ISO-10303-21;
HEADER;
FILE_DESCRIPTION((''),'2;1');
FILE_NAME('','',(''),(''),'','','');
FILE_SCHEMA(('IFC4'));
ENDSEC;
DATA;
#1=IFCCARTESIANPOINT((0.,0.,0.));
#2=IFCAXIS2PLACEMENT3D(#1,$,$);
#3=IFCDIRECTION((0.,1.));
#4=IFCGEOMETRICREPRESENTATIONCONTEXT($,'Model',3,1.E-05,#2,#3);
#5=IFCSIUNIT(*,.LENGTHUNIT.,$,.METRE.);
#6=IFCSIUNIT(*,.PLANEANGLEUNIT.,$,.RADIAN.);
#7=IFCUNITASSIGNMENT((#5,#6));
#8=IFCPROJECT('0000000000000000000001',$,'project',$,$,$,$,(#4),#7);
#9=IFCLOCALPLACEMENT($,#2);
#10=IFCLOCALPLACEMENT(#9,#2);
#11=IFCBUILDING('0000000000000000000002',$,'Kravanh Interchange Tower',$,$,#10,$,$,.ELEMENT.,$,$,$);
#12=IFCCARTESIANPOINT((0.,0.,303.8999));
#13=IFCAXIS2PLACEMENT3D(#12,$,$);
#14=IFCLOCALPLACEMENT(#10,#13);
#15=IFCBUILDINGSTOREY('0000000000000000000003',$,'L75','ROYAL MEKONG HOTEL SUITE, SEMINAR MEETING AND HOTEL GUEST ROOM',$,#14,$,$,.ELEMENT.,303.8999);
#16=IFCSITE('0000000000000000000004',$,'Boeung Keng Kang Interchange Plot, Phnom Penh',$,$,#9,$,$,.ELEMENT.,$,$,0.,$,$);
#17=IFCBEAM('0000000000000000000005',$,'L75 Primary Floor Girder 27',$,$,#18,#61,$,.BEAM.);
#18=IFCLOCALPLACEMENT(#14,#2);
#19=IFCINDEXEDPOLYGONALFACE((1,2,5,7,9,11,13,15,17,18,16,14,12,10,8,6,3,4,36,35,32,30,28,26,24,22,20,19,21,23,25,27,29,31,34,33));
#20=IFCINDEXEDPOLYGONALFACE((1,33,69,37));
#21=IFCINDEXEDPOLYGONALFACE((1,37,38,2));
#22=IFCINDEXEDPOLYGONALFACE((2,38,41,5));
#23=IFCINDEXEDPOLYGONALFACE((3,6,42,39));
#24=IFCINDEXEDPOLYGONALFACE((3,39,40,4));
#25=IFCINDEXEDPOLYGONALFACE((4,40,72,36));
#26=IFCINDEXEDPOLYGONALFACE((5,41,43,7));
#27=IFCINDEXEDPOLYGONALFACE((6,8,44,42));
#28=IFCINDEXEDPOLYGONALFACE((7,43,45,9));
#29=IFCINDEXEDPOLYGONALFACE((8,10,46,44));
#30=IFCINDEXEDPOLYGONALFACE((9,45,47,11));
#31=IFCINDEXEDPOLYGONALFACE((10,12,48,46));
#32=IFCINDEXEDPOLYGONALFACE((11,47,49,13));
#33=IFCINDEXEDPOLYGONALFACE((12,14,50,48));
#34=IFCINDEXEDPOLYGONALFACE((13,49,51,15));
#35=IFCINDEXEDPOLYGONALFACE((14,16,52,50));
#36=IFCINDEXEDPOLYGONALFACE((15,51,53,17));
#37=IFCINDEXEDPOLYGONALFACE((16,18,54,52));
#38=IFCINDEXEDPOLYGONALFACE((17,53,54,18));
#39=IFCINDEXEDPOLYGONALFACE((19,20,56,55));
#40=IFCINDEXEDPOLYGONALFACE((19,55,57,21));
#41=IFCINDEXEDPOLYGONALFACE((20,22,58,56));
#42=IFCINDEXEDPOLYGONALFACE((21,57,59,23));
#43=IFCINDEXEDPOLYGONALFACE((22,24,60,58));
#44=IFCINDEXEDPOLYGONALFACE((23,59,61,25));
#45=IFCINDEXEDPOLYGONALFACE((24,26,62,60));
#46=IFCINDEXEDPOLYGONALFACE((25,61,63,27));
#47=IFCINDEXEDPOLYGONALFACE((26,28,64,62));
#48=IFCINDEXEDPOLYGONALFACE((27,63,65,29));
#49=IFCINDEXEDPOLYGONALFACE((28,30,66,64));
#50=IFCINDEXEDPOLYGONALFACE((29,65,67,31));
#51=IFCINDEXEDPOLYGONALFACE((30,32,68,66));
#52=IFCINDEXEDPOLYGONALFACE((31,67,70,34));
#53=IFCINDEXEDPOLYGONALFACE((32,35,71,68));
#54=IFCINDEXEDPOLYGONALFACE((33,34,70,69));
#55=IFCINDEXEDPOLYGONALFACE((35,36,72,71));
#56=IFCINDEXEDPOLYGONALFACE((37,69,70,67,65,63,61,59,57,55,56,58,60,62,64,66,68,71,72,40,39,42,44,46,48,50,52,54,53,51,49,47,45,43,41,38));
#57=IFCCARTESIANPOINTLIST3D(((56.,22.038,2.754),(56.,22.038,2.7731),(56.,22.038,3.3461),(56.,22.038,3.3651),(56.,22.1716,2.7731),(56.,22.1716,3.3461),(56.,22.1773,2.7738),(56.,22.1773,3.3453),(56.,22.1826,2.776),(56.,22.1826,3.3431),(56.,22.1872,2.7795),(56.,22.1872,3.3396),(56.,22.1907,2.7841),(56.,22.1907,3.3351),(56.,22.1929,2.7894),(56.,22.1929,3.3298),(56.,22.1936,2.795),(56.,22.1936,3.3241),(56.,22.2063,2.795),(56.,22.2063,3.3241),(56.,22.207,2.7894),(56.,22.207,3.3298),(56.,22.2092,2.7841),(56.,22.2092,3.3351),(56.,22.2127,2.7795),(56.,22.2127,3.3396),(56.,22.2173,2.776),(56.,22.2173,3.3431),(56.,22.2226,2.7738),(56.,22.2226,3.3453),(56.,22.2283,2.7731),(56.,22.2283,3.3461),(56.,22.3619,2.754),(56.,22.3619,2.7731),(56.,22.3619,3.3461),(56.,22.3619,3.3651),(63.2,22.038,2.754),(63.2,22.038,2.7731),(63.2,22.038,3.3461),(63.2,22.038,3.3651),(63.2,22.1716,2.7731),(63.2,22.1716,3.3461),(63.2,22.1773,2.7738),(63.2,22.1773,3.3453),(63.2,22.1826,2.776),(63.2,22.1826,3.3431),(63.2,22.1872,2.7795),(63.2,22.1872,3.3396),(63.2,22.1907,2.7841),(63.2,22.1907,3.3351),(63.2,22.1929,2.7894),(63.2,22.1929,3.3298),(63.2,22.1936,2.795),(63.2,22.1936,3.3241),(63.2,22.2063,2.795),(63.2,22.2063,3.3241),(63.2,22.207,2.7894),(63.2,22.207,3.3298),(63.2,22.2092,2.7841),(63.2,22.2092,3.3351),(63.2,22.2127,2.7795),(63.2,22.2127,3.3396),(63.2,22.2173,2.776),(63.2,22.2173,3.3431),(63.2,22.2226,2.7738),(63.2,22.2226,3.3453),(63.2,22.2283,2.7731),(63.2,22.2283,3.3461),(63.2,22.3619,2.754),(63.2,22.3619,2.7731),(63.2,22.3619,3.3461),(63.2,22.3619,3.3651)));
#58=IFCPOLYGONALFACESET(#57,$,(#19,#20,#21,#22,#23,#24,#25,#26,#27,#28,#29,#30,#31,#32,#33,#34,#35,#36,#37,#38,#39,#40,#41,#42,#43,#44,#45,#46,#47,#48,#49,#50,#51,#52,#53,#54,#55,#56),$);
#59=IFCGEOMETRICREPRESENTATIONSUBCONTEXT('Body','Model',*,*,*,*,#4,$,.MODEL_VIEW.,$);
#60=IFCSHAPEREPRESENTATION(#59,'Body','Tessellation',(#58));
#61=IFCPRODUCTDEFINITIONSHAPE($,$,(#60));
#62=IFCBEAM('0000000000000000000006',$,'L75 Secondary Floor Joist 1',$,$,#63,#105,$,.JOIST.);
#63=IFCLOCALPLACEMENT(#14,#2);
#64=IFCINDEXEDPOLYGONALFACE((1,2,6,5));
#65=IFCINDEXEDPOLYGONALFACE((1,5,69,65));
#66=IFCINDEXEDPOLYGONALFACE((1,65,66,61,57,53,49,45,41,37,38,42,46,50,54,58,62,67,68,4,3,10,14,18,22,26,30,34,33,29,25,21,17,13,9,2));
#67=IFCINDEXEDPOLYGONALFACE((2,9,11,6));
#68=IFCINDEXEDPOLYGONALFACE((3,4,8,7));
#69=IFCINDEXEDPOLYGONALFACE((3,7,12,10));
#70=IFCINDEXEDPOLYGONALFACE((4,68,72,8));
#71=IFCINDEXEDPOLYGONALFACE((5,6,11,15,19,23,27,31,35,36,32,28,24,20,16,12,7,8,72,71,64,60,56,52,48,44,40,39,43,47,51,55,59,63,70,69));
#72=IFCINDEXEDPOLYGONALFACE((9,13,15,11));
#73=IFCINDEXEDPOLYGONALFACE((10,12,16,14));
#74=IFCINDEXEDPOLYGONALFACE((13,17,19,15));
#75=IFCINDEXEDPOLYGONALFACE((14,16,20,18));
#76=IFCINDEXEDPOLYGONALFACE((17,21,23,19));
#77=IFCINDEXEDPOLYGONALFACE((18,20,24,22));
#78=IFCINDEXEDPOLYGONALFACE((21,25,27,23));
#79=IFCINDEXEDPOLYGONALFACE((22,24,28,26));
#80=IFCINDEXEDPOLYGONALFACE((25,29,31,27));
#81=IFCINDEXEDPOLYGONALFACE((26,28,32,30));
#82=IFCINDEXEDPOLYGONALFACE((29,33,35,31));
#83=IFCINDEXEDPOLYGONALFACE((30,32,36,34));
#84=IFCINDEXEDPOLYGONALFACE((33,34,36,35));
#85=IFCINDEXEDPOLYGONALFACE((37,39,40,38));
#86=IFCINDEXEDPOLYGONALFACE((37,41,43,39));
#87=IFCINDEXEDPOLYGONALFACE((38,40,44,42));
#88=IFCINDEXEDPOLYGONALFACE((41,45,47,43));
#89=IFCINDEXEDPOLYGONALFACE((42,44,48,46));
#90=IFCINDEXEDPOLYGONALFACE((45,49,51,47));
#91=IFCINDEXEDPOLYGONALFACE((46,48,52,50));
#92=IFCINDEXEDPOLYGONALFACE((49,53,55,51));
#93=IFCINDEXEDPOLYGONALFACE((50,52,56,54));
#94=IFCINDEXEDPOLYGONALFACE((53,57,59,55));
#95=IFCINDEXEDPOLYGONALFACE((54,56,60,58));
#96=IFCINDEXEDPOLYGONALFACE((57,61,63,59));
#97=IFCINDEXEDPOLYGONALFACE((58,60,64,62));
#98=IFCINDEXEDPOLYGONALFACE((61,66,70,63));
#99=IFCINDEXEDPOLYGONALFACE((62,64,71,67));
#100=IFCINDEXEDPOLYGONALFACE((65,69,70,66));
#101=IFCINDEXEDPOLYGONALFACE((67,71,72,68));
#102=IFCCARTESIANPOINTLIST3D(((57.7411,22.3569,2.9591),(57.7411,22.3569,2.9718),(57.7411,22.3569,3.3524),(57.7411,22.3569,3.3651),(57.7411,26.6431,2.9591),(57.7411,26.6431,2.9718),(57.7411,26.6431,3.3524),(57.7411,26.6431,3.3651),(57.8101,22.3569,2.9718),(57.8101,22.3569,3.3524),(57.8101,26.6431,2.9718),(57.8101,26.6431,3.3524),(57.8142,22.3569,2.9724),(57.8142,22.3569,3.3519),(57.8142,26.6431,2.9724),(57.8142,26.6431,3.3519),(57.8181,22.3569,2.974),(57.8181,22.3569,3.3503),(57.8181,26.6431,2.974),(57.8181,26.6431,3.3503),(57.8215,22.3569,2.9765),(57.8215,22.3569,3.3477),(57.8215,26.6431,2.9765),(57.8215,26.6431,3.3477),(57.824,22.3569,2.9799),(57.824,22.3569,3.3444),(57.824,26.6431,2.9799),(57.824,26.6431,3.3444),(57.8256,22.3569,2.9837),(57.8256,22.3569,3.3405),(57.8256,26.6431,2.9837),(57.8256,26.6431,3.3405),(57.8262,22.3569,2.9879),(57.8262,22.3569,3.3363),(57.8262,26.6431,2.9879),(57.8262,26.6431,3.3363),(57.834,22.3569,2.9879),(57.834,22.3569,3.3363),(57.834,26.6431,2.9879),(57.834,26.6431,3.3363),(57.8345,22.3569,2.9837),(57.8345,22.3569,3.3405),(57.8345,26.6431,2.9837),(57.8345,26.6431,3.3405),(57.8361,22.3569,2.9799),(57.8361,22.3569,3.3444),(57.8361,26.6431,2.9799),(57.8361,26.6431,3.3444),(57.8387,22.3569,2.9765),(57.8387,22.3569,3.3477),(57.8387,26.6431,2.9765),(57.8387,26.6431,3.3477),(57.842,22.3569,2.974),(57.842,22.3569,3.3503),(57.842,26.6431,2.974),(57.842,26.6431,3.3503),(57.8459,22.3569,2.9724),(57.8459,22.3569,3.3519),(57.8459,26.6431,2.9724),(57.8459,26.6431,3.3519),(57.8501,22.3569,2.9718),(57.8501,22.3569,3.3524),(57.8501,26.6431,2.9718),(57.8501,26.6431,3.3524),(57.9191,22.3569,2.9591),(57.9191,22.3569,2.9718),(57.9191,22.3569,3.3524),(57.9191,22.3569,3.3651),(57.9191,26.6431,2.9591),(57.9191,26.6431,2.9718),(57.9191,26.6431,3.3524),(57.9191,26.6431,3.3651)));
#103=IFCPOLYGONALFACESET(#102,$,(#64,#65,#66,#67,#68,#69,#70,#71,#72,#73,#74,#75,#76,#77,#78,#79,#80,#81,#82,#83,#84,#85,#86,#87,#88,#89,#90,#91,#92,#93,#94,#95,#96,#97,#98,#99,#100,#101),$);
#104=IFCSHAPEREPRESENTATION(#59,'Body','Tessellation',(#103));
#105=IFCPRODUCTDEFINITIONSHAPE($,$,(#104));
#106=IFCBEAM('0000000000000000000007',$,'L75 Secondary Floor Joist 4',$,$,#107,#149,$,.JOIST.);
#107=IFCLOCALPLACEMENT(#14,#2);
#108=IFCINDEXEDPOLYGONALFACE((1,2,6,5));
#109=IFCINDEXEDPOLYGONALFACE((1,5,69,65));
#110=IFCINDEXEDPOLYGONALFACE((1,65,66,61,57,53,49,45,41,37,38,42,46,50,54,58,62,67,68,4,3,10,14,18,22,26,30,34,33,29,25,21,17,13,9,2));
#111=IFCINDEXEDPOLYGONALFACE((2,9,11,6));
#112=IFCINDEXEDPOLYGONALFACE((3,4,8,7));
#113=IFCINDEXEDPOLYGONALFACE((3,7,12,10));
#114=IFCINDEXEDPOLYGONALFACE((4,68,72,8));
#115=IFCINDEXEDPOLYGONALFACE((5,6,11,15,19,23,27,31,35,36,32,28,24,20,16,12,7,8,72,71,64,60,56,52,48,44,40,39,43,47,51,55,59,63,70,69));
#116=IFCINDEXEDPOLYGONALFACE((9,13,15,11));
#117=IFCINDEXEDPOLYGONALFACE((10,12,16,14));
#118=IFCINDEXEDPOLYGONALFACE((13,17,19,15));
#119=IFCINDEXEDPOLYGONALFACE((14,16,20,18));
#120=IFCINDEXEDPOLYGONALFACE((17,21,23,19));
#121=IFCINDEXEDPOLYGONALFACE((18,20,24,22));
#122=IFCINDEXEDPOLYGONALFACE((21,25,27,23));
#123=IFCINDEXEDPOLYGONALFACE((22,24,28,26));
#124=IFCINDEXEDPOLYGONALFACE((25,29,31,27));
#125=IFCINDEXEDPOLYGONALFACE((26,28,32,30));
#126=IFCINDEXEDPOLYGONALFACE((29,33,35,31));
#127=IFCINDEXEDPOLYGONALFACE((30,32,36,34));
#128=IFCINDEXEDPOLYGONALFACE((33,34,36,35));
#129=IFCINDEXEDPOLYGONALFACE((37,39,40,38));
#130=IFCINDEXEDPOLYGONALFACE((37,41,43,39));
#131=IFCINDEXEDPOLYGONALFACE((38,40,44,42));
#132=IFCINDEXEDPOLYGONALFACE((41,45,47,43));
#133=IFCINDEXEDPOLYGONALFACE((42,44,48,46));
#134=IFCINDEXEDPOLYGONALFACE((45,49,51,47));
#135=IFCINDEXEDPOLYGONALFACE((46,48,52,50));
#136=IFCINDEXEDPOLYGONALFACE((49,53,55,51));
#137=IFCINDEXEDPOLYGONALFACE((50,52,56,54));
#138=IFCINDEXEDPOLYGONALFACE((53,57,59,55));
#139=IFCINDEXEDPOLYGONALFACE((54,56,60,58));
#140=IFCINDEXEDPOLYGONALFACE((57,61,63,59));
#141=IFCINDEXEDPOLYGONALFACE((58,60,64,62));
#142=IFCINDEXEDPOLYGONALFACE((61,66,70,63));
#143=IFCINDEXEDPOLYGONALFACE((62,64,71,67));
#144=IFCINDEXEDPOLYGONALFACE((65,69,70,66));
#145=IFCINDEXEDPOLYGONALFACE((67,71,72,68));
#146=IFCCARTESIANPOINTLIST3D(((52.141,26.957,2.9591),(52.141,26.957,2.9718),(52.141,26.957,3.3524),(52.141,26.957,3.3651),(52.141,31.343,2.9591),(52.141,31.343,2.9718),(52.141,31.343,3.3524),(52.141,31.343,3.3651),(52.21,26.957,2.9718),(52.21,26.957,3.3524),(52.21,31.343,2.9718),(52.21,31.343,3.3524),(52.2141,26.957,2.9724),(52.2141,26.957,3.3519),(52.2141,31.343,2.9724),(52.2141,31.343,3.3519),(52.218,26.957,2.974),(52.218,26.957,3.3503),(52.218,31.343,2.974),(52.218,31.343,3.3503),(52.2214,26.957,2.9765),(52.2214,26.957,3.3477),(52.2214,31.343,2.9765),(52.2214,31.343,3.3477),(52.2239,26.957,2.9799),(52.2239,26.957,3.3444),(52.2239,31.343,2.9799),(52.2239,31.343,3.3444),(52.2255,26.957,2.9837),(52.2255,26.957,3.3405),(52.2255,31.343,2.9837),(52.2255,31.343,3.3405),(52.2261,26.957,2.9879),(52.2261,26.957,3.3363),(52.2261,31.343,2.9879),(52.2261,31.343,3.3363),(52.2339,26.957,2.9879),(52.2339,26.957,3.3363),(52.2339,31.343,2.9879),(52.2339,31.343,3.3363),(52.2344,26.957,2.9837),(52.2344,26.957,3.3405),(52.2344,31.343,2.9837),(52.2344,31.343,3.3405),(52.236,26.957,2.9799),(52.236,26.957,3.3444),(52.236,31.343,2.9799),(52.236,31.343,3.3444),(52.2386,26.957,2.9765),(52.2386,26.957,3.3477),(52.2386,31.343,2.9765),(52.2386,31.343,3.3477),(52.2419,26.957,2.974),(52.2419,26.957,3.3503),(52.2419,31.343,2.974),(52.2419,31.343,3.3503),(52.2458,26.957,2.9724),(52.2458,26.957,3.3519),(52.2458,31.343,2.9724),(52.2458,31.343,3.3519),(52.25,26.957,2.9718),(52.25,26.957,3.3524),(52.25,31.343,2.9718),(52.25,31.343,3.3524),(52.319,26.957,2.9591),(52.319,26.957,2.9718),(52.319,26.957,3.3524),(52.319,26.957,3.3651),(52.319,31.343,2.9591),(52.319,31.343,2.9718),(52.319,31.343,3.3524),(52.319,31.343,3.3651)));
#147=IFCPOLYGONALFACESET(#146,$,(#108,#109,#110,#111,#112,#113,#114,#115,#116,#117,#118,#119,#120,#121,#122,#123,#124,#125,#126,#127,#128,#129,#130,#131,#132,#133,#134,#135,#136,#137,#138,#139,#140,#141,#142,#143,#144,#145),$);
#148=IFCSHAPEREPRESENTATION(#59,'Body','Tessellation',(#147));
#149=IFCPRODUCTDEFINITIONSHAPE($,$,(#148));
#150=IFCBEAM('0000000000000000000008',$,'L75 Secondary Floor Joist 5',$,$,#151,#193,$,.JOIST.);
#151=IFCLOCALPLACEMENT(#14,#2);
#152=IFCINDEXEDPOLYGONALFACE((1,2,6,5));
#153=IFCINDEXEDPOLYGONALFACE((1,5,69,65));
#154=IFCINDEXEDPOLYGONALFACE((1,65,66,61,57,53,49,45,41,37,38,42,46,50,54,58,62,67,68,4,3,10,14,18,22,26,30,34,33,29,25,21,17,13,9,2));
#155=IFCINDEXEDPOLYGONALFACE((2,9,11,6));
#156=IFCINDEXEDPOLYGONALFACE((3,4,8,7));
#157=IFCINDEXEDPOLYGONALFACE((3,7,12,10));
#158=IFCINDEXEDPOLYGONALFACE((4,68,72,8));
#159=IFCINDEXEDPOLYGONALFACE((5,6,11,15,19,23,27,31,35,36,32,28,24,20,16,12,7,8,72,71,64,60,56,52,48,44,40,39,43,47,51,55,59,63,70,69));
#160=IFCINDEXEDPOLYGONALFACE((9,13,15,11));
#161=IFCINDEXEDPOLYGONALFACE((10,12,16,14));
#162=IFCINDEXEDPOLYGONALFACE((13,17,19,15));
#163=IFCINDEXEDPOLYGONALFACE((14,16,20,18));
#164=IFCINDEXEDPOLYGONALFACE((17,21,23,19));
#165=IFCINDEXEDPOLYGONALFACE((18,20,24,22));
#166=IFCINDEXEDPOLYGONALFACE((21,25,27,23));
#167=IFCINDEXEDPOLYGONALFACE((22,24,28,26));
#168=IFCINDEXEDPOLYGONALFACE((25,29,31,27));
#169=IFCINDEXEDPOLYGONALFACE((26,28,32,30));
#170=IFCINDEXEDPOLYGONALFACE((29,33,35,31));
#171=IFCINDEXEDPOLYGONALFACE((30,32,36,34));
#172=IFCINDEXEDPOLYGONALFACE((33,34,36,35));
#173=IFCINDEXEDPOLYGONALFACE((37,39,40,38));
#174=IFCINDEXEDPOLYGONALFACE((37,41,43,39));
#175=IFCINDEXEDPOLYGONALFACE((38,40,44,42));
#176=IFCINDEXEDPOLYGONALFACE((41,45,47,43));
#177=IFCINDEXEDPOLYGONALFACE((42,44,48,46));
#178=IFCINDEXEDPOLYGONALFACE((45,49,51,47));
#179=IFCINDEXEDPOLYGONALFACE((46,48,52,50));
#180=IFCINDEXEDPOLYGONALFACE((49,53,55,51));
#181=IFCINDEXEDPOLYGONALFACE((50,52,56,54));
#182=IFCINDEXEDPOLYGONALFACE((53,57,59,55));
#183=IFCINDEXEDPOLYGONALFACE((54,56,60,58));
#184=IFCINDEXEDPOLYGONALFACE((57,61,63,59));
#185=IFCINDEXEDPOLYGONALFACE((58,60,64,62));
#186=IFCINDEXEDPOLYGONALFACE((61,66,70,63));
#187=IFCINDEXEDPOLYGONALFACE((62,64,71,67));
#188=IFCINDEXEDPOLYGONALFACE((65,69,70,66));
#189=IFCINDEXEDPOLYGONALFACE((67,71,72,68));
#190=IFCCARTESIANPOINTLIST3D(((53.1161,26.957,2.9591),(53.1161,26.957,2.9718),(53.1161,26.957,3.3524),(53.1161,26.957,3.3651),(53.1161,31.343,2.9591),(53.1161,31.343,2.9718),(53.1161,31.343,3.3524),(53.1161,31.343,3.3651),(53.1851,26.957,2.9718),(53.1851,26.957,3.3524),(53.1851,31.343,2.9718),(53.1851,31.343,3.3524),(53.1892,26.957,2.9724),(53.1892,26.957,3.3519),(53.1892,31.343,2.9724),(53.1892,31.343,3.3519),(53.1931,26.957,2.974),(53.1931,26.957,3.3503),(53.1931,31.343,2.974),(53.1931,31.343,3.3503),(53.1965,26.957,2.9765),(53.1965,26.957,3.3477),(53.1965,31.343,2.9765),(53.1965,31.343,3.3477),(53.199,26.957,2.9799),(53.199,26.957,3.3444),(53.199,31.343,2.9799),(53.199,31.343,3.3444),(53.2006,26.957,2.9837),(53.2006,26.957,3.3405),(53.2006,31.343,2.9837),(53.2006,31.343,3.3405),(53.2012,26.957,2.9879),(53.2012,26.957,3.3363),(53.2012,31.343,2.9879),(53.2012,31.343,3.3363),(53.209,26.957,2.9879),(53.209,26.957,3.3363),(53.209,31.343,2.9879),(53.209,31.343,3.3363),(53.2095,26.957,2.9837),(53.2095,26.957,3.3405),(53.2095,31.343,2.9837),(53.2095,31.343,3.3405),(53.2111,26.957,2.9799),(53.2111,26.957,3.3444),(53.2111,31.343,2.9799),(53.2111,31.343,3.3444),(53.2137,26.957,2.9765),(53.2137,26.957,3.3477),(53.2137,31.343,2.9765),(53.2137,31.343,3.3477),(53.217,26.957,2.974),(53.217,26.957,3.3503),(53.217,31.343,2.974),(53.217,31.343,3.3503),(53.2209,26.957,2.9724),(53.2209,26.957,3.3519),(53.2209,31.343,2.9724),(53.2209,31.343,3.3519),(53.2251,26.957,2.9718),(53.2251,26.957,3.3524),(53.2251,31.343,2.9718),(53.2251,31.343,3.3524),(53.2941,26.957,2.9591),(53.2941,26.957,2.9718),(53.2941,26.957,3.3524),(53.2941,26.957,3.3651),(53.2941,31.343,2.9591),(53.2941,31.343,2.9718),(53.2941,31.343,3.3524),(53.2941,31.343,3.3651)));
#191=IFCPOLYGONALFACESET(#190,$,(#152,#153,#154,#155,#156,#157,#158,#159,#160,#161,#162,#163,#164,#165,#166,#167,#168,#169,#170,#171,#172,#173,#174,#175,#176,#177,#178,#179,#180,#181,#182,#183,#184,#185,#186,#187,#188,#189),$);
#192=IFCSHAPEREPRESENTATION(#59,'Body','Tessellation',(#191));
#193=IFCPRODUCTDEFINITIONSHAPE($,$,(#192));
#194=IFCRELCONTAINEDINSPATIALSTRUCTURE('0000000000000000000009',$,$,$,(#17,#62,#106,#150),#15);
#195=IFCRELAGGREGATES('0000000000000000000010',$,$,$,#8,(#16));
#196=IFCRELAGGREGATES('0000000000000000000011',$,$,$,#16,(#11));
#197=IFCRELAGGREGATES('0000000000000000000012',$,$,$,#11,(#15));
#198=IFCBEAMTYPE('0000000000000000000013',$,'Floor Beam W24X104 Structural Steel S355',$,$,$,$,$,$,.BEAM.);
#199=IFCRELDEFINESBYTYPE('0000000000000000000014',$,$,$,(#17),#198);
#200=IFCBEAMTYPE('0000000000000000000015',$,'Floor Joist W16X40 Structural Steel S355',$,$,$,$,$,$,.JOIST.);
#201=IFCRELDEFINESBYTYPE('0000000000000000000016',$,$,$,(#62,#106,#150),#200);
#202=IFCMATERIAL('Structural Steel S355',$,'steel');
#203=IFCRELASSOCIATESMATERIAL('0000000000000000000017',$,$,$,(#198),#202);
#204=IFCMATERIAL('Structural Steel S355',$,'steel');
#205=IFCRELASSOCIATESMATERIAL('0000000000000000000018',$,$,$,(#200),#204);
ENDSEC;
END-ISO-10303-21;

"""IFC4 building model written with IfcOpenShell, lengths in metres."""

from ifc_helpers import new_model, si_unit, direction, frame, origin, origin_2d, place, context, subcontext, project, spatial, i_section, extrude, material, material_profile, profile_set, type_object, element, save


model = new_model("IFC4")

# Units and contexts
model_context = context("Model", 3, precision=1e-05, world=origin(), true_north=direction((0.0, 1.0)))
body_context = subcontext(model_context, "Body", "Model", "MODEL_VIEW")
ifc_project = project(units=[si_unit("LENGTHUNIT", "METRE"), si_unit("PLANEANGLEUNIT", "RADIAN")], contexts=[model_context])

# Site, building, storey
site_placement = place(None, origin())
site = spatial("IfcSite", under=ifc_project, at=site_placement, Name="Boeung Keng Kang Interchange Plot, Phnom Penh", CompositionType="ELEMENT", RefElevation=0.0)
building_placement = place(site_placement, origin())
building = spatial("IfcBuilding", under=site, at=building_placement, Name="Kravanh Interchange Tower", CompositionType="ELEMENT")
storey_placement = place(building_placement, frame((0.0, 0.0, 303.8999)))
storey = spatial("IfcBuildingStorey", under=building, at=storey_placement, Name="L75", Description="ROYAL MEKONG HOTEL SUITE, SEMINAR MEETING AND HOTEL GUEST ROOM", CompositionType="ELEMENT", Elevation=303.8999)

# Beams
ifc_material_1 = material(Name="Structural Steel S355", Category="steel")
ifc_material_profile_1 = material_profile(ifc_material_1, i_section(OverallWidth=0.324, OverallDepth=0.6111, WebThickness=0.0127, FlangeThickness=0.019, FilletRadius=0.022, at=origin_2d()), Name="W24X104")
ifc_profile_set_1 = profile_set([ifc_material_profile_1], Name="Structural Steel S355")
beam_type_1 = type_object("IfcBeamType", Name="Floor Beam W24X104 Structural Steel S355", PredefinedType="BEAM", material=ifc_profile_set_1)
beam_1_placement = place(storey_placement, frame((56.0, 22.2, 3.0596), z_axis=(1.0, 0.0, 0.0), x_axis=(0.0, 1.0, 0.0)))
element("IfcBeam", 1, at=beam_1_placement, inside=storey, type_object=beam_type_1, Name="L75 Primary Floor Girder 27", PredefinedType="BEAM", context=body_context, shape_type="SweptSolid", body=[
    extrude(i_section(OverallWidth=0.324, OverallDepth=0.6111, WebThickness=0.0127, FlangeThickness=0.019, FilletRadius=0.022, at=origin_2d()), origin(), (0.0, 0.0, 1.0), 7.2),
])
ifc_material_2 = material(Name="Structural Steel S355", Category="steel")
ifc_material_profile_2 = material_profile(ifc_material_2, i_section(OverallWidth=0.178, OverallDepth=0.406, WebThickness=0.0078, FlangeThickness=0.0127, FilletRadius=0.0161, at=origin_2d()), Name="W16X40")
ifc_profile_set_2 = profile_set([ifc_material_profile_2], Name="Structural Steel S355")
beam_type_2 = type_object("IfcBeamType", Name="Floor Joist W16X40 Structural Steel S355", PredefinedType="JOIST", material=ifc_profile_set_2)
beam_2_placement = place(storey_placement, frame((57.8301, 22.3569, 3.1621), z_axis=(0.0, 1.0, 0.0), x_axis=(-1.0, 0.0, 0.0)))
element("IfcBeam", 2, at=beam_2_placement, inside=storey, type_object=beam_type_2, Name="L75 Secondary Floor Joist 1", PredefinedType="JOIST", context=body_context, shape_type="SweptSolid", body=[
    extrude(i_section(OverallWidth=0.178, OverallDepth=0.406, WebThickness=0.0078, FlangeThickness=0.0127, FilletRadius=0.0161, at=origin_2d()), origin(), (0.0, 0.0, 1.0), 4.2861),
])
for number, where, z_axis, x_axis, name in (
    (3, (52.23, 26.957, 3.1621), (0.0, 1.0, 0.0), (-1.0, 0.0, 0.0), "L75 Secondary Floor Joist 4"),
    (4, (53.2051, 26.957, 3.1621), (0.0, 1.0, 0.0), (-1.0, 0.0, 0.0), "L75 Secondary Floor Joist 5"),
):
    element("IfcBeam", number, at=place(storey_placement, frame(where, z_axis=z_axis, x_axis=x_axis)), inside=storey, type_object=beam_type_2, Name=name, PredefinedType="JOIST", context=body_context, shape_type="SweptSolid", body=[
        extrude(i_section(OverallWidth=0.178, OverallDepth=0.406, WebThickness=0.0078, FlangeThickness=0.0127, FilletRadius=0.0161, at=origin_2d()), origin(), (0.0, 0.0, 1.0), 4.386),
    ])

save(model, "model.ifc")
